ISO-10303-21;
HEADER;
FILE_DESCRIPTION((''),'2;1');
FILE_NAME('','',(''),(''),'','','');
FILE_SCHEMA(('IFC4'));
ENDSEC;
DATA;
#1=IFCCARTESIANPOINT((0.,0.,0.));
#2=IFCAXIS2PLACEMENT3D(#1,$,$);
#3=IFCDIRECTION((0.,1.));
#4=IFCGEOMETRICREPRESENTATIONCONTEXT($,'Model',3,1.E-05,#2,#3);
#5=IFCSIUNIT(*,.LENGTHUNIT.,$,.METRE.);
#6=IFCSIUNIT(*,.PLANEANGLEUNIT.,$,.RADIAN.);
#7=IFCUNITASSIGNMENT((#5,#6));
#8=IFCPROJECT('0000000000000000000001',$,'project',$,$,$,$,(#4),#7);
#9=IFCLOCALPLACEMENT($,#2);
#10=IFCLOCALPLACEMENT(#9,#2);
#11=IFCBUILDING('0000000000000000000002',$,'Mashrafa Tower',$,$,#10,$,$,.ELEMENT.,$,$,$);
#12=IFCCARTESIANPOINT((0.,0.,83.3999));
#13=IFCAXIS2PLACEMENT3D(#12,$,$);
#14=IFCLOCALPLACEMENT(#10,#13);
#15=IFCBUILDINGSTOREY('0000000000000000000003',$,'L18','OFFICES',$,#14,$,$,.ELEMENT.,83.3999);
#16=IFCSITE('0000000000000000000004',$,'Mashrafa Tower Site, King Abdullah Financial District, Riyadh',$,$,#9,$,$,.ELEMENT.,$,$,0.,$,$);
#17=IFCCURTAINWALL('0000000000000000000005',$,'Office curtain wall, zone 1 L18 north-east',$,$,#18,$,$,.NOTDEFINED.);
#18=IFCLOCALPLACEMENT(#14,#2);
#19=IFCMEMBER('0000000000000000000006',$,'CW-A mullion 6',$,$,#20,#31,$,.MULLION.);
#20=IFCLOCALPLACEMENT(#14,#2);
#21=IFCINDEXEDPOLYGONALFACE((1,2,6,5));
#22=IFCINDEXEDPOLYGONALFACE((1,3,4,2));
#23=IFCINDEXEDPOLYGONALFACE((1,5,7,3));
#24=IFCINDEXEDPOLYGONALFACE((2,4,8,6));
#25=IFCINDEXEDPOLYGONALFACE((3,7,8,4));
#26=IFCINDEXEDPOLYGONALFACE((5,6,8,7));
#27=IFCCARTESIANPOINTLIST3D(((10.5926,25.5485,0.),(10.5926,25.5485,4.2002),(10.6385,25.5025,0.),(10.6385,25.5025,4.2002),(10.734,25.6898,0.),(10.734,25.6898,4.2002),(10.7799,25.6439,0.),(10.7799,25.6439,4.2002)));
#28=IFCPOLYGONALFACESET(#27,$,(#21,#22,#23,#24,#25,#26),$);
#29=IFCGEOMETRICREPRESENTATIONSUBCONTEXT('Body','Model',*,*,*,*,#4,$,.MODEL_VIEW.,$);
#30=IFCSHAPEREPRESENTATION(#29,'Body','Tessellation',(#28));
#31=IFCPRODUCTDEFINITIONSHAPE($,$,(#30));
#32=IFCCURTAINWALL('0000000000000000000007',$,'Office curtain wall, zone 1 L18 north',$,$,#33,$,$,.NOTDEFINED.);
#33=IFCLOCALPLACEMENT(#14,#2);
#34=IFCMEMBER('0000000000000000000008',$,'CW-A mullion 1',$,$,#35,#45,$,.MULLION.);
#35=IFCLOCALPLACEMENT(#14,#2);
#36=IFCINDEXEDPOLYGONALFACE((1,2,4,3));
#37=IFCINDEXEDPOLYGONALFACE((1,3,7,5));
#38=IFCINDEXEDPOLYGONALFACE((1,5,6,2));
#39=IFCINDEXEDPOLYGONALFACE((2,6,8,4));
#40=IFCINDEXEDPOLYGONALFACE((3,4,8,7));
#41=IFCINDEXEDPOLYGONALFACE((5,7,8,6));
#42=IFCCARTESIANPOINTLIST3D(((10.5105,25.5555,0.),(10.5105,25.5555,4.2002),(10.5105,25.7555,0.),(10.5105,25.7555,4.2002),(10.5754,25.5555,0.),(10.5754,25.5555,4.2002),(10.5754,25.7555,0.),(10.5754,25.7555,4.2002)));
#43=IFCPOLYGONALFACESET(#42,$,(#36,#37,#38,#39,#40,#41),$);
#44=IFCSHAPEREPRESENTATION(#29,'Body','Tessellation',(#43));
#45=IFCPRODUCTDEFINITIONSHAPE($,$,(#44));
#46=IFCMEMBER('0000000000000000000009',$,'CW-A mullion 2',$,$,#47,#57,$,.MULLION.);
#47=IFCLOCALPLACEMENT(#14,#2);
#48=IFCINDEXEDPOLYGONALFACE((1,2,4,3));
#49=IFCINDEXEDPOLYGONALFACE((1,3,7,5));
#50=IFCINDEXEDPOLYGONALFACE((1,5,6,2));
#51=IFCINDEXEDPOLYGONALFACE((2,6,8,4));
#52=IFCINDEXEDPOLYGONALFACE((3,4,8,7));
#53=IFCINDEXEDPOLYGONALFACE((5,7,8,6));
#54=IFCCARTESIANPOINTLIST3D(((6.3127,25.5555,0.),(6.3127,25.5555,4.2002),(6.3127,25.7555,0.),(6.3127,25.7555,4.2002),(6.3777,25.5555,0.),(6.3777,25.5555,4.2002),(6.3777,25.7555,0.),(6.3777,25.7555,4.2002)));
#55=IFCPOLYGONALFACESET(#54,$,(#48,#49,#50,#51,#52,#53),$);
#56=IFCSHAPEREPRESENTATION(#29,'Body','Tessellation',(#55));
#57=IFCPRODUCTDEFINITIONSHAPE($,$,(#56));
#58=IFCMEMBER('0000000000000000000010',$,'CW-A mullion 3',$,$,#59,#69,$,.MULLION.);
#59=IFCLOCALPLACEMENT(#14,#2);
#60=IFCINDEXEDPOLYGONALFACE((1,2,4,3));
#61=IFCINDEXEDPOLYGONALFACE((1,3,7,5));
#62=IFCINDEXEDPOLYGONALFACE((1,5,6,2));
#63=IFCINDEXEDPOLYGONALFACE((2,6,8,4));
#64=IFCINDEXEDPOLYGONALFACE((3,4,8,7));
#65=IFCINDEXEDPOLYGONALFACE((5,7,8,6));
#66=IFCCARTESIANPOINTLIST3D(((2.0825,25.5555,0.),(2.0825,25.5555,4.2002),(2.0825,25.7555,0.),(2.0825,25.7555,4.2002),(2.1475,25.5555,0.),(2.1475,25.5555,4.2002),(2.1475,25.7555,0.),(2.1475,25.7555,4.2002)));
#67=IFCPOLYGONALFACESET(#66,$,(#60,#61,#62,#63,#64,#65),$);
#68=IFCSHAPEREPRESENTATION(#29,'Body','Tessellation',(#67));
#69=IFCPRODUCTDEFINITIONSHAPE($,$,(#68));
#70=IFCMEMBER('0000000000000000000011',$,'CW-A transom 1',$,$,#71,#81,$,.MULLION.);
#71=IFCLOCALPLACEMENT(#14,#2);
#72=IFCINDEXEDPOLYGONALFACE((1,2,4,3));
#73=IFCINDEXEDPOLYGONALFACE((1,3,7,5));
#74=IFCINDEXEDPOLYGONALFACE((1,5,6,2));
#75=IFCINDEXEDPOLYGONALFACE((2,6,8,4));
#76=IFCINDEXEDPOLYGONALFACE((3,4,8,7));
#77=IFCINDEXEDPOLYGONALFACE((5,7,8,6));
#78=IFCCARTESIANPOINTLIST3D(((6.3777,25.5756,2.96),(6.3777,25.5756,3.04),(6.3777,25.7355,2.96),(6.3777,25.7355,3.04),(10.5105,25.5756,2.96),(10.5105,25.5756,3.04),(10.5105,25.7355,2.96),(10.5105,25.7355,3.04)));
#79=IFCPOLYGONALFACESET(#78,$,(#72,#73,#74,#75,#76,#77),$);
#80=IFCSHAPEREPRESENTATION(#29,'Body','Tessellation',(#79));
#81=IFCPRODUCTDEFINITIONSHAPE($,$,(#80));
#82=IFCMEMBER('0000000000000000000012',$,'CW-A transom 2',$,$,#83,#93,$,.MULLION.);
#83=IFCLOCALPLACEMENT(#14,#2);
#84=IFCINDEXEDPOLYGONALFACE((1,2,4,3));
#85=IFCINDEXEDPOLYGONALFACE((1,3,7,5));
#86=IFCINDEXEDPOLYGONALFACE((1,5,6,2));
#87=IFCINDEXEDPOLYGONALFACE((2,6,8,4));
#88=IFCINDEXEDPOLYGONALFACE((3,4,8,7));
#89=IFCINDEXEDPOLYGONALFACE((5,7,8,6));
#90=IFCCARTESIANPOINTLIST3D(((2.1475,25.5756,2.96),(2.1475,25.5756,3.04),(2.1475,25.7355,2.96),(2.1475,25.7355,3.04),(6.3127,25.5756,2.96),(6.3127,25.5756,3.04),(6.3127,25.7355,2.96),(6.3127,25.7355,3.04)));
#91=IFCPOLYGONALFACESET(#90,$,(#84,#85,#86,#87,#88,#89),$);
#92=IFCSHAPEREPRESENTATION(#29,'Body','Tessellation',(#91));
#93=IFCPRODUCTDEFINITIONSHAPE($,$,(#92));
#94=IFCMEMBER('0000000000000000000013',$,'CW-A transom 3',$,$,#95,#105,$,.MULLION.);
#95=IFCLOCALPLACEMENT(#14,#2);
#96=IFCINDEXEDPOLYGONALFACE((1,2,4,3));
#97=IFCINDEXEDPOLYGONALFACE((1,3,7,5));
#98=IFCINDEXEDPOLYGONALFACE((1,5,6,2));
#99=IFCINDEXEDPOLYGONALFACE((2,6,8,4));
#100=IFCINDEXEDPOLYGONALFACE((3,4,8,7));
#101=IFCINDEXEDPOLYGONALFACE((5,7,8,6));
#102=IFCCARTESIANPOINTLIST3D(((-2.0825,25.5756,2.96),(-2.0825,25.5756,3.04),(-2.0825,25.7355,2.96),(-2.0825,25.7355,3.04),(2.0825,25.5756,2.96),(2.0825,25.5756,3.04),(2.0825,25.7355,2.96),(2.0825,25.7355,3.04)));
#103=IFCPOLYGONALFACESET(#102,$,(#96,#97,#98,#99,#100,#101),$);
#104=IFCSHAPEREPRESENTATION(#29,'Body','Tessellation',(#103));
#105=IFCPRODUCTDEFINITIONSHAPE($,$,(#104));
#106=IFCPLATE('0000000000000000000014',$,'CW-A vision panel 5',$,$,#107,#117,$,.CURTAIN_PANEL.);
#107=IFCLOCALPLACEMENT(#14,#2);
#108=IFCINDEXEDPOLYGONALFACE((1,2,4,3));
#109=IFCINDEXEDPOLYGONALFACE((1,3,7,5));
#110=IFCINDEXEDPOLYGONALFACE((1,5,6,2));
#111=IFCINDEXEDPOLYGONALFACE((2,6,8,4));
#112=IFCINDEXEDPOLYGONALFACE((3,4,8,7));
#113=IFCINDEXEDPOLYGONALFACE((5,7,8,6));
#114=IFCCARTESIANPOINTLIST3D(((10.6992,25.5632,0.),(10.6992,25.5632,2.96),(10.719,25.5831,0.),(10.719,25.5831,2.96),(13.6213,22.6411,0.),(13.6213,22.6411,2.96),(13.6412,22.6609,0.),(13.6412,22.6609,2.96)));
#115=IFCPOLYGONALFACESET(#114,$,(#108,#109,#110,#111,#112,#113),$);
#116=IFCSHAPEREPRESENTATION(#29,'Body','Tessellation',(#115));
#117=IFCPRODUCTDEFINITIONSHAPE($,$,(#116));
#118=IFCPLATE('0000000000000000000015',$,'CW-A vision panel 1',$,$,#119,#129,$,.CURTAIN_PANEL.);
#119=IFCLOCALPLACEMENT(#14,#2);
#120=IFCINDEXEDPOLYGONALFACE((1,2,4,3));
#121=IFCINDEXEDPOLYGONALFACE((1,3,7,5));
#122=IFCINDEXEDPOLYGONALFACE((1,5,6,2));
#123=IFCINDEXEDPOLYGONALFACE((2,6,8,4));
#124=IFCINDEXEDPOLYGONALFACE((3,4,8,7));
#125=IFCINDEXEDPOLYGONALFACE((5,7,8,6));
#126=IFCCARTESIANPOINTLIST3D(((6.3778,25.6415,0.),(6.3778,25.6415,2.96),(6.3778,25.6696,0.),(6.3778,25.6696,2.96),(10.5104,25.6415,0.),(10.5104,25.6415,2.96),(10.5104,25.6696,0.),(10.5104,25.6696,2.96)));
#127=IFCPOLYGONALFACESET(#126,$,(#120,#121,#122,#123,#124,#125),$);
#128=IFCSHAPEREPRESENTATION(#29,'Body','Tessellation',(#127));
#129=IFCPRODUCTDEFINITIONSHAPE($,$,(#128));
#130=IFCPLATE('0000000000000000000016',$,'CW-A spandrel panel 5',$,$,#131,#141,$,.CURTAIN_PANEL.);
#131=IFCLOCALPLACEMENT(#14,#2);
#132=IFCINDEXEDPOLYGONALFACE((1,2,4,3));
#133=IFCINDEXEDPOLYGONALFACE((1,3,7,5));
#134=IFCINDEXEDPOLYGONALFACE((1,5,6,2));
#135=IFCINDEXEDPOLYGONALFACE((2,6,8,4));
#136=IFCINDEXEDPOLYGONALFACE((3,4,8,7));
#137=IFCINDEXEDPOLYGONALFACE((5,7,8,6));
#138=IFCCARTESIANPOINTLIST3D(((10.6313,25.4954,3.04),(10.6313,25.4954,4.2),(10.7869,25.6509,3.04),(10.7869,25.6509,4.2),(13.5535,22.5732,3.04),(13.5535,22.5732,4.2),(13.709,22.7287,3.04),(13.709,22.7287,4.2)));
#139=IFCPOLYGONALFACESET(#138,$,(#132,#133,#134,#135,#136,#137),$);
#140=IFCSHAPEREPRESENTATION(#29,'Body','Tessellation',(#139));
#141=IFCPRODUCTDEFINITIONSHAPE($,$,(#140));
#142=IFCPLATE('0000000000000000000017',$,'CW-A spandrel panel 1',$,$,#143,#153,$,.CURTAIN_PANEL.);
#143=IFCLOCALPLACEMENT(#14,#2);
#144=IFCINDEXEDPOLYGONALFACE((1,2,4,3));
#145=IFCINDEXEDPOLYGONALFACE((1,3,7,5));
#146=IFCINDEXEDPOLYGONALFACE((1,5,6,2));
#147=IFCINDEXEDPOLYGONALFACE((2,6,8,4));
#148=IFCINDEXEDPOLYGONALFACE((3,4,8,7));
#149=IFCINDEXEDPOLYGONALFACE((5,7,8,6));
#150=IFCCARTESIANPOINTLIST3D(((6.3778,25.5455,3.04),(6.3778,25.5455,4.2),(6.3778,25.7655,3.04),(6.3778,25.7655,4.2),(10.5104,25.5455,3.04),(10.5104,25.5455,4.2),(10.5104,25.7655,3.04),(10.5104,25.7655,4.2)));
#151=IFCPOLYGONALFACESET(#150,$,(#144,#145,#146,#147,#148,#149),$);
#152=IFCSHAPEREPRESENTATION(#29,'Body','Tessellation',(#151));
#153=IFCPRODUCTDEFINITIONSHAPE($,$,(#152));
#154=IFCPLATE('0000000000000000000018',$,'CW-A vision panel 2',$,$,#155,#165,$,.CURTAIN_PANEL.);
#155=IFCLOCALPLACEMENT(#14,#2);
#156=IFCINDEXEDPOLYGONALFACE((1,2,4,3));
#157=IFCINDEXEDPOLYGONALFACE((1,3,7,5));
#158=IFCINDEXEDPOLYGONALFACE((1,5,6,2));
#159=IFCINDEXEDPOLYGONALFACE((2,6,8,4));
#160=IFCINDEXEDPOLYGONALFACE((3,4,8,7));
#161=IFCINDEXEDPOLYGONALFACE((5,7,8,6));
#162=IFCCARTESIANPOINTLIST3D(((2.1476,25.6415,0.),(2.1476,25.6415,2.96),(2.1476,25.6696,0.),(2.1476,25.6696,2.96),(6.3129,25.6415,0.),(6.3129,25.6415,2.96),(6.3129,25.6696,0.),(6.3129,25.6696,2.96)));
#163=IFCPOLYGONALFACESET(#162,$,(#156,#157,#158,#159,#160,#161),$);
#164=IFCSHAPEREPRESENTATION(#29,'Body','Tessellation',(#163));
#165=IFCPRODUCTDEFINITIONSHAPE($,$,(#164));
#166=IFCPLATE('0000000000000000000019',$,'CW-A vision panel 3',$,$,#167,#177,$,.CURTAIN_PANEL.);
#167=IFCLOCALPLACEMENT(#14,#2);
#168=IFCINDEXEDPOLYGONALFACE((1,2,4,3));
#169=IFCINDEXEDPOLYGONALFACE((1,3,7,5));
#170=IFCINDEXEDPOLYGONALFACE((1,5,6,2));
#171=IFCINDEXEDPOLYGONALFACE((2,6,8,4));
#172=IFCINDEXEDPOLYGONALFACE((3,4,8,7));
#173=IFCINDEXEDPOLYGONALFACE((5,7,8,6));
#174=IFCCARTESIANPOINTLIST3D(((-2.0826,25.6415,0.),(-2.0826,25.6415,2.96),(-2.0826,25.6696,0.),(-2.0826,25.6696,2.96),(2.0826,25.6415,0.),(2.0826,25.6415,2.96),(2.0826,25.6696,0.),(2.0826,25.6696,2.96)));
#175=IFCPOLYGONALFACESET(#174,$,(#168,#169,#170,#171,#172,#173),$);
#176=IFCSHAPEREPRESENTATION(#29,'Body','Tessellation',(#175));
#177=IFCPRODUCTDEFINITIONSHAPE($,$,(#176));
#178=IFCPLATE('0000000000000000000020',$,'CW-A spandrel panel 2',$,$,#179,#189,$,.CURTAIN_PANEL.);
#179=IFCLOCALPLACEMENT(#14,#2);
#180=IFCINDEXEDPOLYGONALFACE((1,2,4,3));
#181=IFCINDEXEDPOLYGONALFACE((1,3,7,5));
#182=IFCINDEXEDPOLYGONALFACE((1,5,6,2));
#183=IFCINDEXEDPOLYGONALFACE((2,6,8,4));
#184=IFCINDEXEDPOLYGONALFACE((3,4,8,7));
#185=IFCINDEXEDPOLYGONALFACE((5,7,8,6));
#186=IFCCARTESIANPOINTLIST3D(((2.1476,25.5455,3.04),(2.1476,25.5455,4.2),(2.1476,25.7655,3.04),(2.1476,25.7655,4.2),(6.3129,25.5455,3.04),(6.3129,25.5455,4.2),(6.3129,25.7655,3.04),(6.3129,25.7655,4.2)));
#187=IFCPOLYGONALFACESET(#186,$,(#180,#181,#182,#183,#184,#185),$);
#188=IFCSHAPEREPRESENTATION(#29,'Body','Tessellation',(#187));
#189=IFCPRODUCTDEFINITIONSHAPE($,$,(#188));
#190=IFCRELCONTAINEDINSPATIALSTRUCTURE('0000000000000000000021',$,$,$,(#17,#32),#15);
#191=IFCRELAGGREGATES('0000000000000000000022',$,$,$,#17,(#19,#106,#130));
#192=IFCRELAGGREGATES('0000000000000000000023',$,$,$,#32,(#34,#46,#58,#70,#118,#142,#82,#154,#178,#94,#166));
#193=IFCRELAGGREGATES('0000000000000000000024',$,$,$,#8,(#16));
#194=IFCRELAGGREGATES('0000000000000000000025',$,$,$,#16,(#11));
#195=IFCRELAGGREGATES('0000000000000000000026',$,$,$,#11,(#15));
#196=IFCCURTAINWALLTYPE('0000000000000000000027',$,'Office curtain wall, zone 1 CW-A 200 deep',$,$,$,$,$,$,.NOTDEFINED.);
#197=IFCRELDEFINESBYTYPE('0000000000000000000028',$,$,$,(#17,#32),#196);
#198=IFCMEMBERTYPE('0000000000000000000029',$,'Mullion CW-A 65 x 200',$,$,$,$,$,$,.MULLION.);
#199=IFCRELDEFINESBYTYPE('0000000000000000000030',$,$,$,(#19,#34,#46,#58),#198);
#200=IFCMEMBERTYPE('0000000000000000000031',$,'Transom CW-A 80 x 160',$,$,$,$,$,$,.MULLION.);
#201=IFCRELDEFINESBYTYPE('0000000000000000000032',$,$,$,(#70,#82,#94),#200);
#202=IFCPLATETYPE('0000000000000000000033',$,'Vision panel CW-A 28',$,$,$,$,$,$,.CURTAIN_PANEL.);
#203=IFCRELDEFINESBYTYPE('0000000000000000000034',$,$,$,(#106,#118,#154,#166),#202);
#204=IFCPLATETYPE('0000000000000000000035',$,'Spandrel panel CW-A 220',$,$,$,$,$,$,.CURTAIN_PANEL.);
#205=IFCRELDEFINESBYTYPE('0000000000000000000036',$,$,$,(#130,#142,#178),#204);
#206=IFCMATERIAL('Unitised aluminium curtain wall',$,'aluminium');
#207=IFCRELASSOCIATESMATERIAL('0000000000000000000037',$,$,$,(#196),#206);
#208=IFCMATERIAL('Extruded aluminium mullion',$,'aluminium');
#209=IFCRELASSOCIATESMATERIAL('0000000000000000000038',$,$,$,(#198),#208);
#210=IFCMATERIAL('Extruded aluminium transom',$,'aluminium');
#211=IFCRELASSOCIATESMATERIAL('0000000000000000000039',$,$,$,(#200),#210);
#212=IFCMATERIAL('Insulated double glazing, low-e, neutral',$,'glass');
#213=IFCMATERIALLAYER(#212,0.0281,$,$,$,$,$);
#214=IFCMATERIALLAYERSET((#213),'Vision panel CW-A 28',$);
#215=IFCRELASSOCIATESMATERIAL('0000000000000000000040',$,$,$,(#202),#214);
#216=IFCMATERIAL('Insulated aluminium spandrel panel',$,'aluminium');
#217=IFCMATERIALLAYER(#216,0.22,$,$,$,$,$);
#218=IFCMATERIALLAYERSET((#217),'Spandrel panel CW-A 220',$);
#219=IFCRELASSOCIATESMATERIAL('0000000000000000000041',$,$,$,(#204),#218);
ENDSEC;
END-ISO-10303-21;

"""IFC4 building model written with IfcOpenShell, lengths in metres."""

from ifc_helpers import new_model, si_unit, direction, frame, origin, origin_2d, place, context, subcontext, project, spatial, rectangle, extrude, source, transform, mapped, material, layer, layer_set, material_profile, profile_set, type_object, type_shapes, element, aggregate, save


model = new_model("IFC4")

# Units and contexts
model_context = context("Model", 3, precision=1e-05, world=origin(), true_north=direction((0.0, 1.0)))
body_context = subcontext(model_context, "Body", "Model", "MODEL_VIEW")
ifc_project = project(units=[si_unit("LENGTHUNIT", "METRE"), si_unit("PLANEANGLEUNIT", "RADIAN")], contexts=[model_context])

# Site, building, storey
site_placement = place(None, origin())
site = spatial("IfcSite", under=ifc_project, at=site_placement, Name="Mashrafa Tower Site, King Abdullah Financial District, Riyadh", CompositionType="ELEMENT", RefElevation=0.0)
building_placement = place(site_placement, origin())
building = spatial("IfcBuilding", under=site, at=building_placement, Name="Mashrafa Tower", CompositionType="ELEMENT")
storey_placement = place(building_placement, frame((0.0, 0.0, 83.3999)))
storey = spatial("IfcBuildingStorey", under=building, at=storey_placement, Name="L18", Description="OFFICES", CompositionType="ELEMENT", Elevation=83.3999)

# Curtain wall, member
ifc_material_1 = material(Name="Unitised aluminium curtain wall", Category="aluminium")
curtain_wall_type = type_object("IfcCurtainWallType", Name="Office curtain wall, zone 1 CW-A 200 deep", PredefinedType="NOTDEFINED", material=ifc_material_1)
curtain_wall_1_placement = place(storey_placement, origin())
curtain_wall_1 = element("IfcCurtainWall", 1, at=curtain_wall_1_placement, inside=storey, type_object=curtain_wall_type, Name="Office curtain wall, zone 1 L18 north-east", PredefinedType="NOTDEFINED")
ifc_material_2 = material(Name="Extruded aluminium mullion", Category="aluminium")
ifc_material_profile_1 = material_profile(ifc_material_2, rectangle(XDim=0.2, YDim=0.0649, at=origin_2d()), Name="Mullion 65x200")
ifc_profile_set_1 = profile_set([ifc_material_profile_1], Name="Extruded aluminium mullion")
member_type_1 = type_object("IfcMemberType", Name="Mullion CW-A 65 x 200", PredefinedType="MULLION", material=ifc_profile_set_1)
shared_shape_1 = source(origin(), body_context, "Body", "SweptSolid", [
    extrude(rectangle(XDim=0.2, YDim=0.0649, at=origin_2d()), origin(), (0.0, 0.0, 1.0), 4.2002),
])
type_shapes(member_type_1, [shared_shape_1])
member_1_placement = place(storey_placement, frame((10.6863, 25.5962, 0.0), z_axis=(0.0, 0.0, 1.0), x_axis=(-0.707107, -0.707107, 0.0)))
member_1 = element("IfcMember", 2, at=member_1_placement, type_object=member_type_1, Name="CW-A mullion 6", PredefinedType="MULLION", context=body_context, shape_type="MappedRepresentation", body=[
    mapped(shared_shape_1, transform((0.0, 0.0, 0.0))),
])

# Curtain wall, members
curtain_wall_2_placement = place(storey_placement, origin())
curtain_wall_2 = element("IfcCurtainWall", 3, at=curtain_wall_2_placement, inside=storey, type_object=curtain_wall_type, Name="Office curtain wall, zone 1 L18 north", PredefinedType="NOTDEFINED")
member_2_placement = place(storey_placement, frame((10.543, 25.6555, 0.0), z_axis=(0.0, 0.0, 1.0), x_axis=(0.0, -1.0, 0.0)))
member_2 = element("IfcMember", 4, at=member_2_placement, type_object=member_type_1, Name="CW-A mullion 1", PredefinedType="MULLION", context=body_context, shape_type="MappedRepresentation", body=[
    mapped(shared_shape_1, transform((0.0, 0.0, 0.0))),
])
member_3_placement = place(storey_placement, frame((6.3452, 25.6555, 0.0), z_axis=(0.0, 0.0, 1.0), x_axis=(0.0, -1.0, 0.0)))
member_3 = element("IfcMember", 5, at=member_3_placement, type_object=member_type_1, Name="CW-A mullion 2", PredefinedType="MULLION", context=body_context, shape_type="MappedRepresentation", body=[
    mapped(shared_shape_1, transform((0.0, 0.0, 0.0))),
])
member_4_placement = place(storey_placement, frame((2.115, 25.6555, 0.0), z_axis=(0.0, 0.0, 1.0), x_axis=(0.0, -1.0, 0.0)))
member_4 = element("IfcMember", 6, at=member_4_placement, type_object=member_type_1, Name="CW-A mullion 3", PredefinedType="MULLION", context=body_context, shape_type="MappedRepresentation", body=[
    mapped(shared_shape_1, transform((0.0, 0.0, 0.0))),
])
ifc_material_3 = material(Name="Extruded aluminium transom", Category="aluminium")
ifc_material_profile_2 = material_profile(ifc_material_3, rectangle(XDim=0.1599, YDim=0.0801, at=origin_2d()), Name="Transom 80x160")
ifc_profile_set_2 = profile_set([ifc_material_profile_2], Name="Extruded aluminium transom")
member_type_2 = type_object("IfcMemberType", Name="Transom CW-A 80 x 160", PredefinedType="MULLION", material=ifc_profile_set_2)
shared_shape_2 = source(origin(), body_context, "Body", "SweptSolid", [
    extrude(rectangle(XDim=0.1599, YDim=0.0801, at=origin_2d()), origin(), (0.0, 0.0, 1.0), 4.1328),
])
member_5_placement = place(storey_placement, frame((10.5105, 25.6555, 3.0), z_axis=(-1.0, 0.0, 0.0), x_axis=(0.0, -1.0, 0.0)))
member_5 = element("IfcMember", 7, at=member_5_placement, type_object=member_type_2, Name="CW-A transom 1", PredefinedType="MULLION", context=body_context, shape_type="MappedRepresentation", body=[
    mapped(shared_shape_2, transform((0.0, 0.0, 0.0))),
])
shared_shape_3 = source(origin(), body_context, "Body", "SweptSolid", [
    extrude(rectangle(XDim=0.1599, YDim=0.0801, at=origin_2d()), origin(), (0.0, 0.0, 1.0), 4.1653),
])
member_6_placement = place(storey_placement, frame((6.3127, 25.6555, 3.0), z_axis=(-1.0, 0.0, 0.0), x_axis=(0.0, -1.0, 0.0)))
member_6 = element("IfcMember", 8, at=member_6_placement, type_object=member_type_2, Name="CW-A transom 2", PredefinedType="MULLION", context=body_context, shape_type="MappedRepresentation", body=[
    mapped(shared_shape_3, transform((0.0, 0.0, 0.0))),
])
shared_shape_4 = source(origin(), body_context, "Body", "SweptSolid", [
    extrude(rectangle(XDim=0.1599, YDim=0.0801, at=origin_2d()), origin(), (0.0, 0.0, 1.0), 4.165),
])
type_shapes(member_type_2, [shared_shape_2, shared_shape_3, shared_shape_4])
member_7_placement = place(storey_placement, frame((2.0825, 25.6555, 3.0), z_axis=(-1.0, 0.0, 0.0), x_axis=(0.0, -1.0, 0.0)))
member_7 = element("IfcMember", 9, at=member_7_placement, type_object=member_type_2, Name="CW-A transom 3", PredefinedType="MULLION", context=body_context, shape_type="MappedRepresentation", body=[
    mapped(shared_shape_4, transform((0.0, 0.0, 0.0))),
])

# Plates
ifc_material_4 = material(Name="Insulated double glazing, low-e, neutral", Category="glass")
ifc_layer_1 = layer(ifc_material_4, 0.0281)
ifc_layer_set_1 = layer_set([ifc_layer_1], Name="Vision panel CW-A 28")
plate_type_1 = type_object("IfcPlateType", Name="Vision panel CW-A 28", PredefinedType="CURTAIN_PANEL", material=ifc_layer_set_1)
shared_shape_5 = source(origin(), body_context, "Body", "SweptSolid", [
    extrude(rectangle(XDim=4.1326, YDim=0.0281, at=origin_2d()), origin(), (0.0, 0.0, 1.0), 2.96),
])
plate_1_placement = place(storey_placement, frame((12.1702, 24.1121, 0.0), z_axis=(0.0, 0.0, 1.0), x_axis=(-0.707107, 0.707107, 0.0)))
plate_1 = element("IfcPlate", 10, at=plate_1_placement, type_object=plate_type_1, Name="CW-A vision panel 5", PredefinedType="CURTAIN_PANEL", context=body_context, shape_type="MappedRepresentation", body=[
    mapped(shared_shape_5, transform((0.0, 0.0, 0.0))),
])
plate_2_placement = place(storey_placement, frame((8.4441, 25.6555, 0.0), z_axis=(0.0, 0.0, 1.0), x_axis=(-1.0, 0.0, 0.0)))
plate_2 = element("IfcPlate", 11, at=plate_2_placement, type_object=plate_type_1, Name="CW-A vision panel 1", PredefinedType="CURTAIN_PANEL", context=body_context, shape_type="MappedRepresentation", body=[
    mapped(shared_shape_5, transform((0.0, 0.0, 0.0))),
])
ifc_material_5 = material(Name="Insulated aluminium spandrel panel", Category="aluminium")
ifc_layer_2 = layer(ifc_material_5, 0.22)
ifc_layer_set_2 = layer_set([ifc_layer_2], Name="Spandrel panel CW-A 220")
plate_type_2 = type_object("IfcPlateType", Name="Spandrel panel CW-A 220", PredefinedType="CURTAIN_PANEL", material=ifc_layer_set_2)
shared_shape_6 = source(origin(), body_context, "Body", "SweptSolid", [
    extrude(rectangle(XDim=4.1326, YDim=0.22, at=origin_2d()), origin(), (0.0, 0.0, 1.0), 1.1599),
])
plate_3_placement = place(storey_placement, frame((12.1702, 24.1121, 3.04), z_axis=(0.0, 0.0, 1.0), x_axis=(-0.707107, 0.707107, 0.0)))
plate_3 = element("IfcPlate", 12, at=plate_3_placement, type_object=plate_type_2, Name="CW-A spandrel panel 5", PredefinedType="CURTAIN_PANEL", context=body_context, shape_type="MappedRepresentation", body=[
    mapped(shared_shape_6, transform((0.0, 0.0, 0.0))),
])
aggregate(curtain_wall_1, [member_1, plate_1, plate_3])
plate_4_placement = place(storey_placement, frame((8.4441, 25.6555, 3.04), z_axis=(0.0, 0.0, 1.0), x_axis=(-1.0, 0.0, 0.0)))
plate_4 = element("IfcPlate", 13, at=plate_4_placement, type_object=plate_type_2, Name="CW-A spandrel panel 1", PredefinedType="CURTAIN_PANEL", context=body_context, shape_type="MappedRepresentation", body=[
    mapped(shared_shape_6, transform((0.0, 0.0, 0.0))),
])
shared_shape_7 = source(origin(), body_context, "Body", "SweptSolid", [
    extrude(rectangle(XDim=4.1653, YDim=0.0281, at=origin_2d()), origin(), (0.0, 0.0, 1.0), 2.96),
])
type_shapes(plate_type_1, [shared_shape_5, shared_shape_7])
plate_5_placement = place(storey_placement, frame((4.2302, 25.6555, 0.0), z_axis=(0.0, 0.0, 1.0), x_axis=(-1.0, 0.0, 0.0)))
plate_5 = element("IfcPlate", 14, at=plate_5_placement, type_object=plate_type_1, Name="CW-A vision panel 2", PredefinedType="CURTAIN_PANEL", context=body_context, shape_type="MappedRepresentation", body=[
    mapped(shared_shape_7, transform((0.0, 0.0, 0.0))),
])
plate_6_placement = place(storey_placement, frame((0.0, 25.6555, 0.0), z_axis=(0.0, 0.0, 1.0), x_axis=(-1.0, 0.0, 0.0)))
plate_6 = element("IfcPlate", 15, at=plate_6_placement, type_object=plate_type_1, Name="CW-A vision panel 3", PredefinedType="CURTAIN_PANEL", context=body_context, shape_type="MappedRepresentation", body=[
    mapped(shared_shape_7, transform((0.0, 0.0, 0.0))),
])
shared_shape_8 = source(origin(), body_context, "Body", "SweptSolid", [
    extrude(rectangle(XDim=4.1653, YDim=0.22, at=origin_2d()), origin(), (0.0, 0.0, 1.0), 1.1599),
])
type_shapes(plate_type_2, [shared_shape_6, shared_shape_8])
plate_7_placement = place(storey_placement, frame((4.2302, 25.6555, 3.04), z_axis=(0.0, 0.0, 1.0), x_axis=(-1.0, 0.0, 0.0)))
plate_7 = element("IfcPlate", 16, at=plate_7_placement, type_object=plate_type_2, Name="CW-A spandrel panel 2", PredefinedType="CURTAIN_PANEL", context=body_context, shape_type="MappedRepresentation", body=[
    mapped(shared_shape_8, transform((0.0, 0.0, 0.0))),
])
aggregate(curtain_wall_2, [member_2, member_3, member_4, member_5, plate_2, plate_4, member_6, plate_5, plate_7, member_7, plate_6])

save(model, "model.ifc")
